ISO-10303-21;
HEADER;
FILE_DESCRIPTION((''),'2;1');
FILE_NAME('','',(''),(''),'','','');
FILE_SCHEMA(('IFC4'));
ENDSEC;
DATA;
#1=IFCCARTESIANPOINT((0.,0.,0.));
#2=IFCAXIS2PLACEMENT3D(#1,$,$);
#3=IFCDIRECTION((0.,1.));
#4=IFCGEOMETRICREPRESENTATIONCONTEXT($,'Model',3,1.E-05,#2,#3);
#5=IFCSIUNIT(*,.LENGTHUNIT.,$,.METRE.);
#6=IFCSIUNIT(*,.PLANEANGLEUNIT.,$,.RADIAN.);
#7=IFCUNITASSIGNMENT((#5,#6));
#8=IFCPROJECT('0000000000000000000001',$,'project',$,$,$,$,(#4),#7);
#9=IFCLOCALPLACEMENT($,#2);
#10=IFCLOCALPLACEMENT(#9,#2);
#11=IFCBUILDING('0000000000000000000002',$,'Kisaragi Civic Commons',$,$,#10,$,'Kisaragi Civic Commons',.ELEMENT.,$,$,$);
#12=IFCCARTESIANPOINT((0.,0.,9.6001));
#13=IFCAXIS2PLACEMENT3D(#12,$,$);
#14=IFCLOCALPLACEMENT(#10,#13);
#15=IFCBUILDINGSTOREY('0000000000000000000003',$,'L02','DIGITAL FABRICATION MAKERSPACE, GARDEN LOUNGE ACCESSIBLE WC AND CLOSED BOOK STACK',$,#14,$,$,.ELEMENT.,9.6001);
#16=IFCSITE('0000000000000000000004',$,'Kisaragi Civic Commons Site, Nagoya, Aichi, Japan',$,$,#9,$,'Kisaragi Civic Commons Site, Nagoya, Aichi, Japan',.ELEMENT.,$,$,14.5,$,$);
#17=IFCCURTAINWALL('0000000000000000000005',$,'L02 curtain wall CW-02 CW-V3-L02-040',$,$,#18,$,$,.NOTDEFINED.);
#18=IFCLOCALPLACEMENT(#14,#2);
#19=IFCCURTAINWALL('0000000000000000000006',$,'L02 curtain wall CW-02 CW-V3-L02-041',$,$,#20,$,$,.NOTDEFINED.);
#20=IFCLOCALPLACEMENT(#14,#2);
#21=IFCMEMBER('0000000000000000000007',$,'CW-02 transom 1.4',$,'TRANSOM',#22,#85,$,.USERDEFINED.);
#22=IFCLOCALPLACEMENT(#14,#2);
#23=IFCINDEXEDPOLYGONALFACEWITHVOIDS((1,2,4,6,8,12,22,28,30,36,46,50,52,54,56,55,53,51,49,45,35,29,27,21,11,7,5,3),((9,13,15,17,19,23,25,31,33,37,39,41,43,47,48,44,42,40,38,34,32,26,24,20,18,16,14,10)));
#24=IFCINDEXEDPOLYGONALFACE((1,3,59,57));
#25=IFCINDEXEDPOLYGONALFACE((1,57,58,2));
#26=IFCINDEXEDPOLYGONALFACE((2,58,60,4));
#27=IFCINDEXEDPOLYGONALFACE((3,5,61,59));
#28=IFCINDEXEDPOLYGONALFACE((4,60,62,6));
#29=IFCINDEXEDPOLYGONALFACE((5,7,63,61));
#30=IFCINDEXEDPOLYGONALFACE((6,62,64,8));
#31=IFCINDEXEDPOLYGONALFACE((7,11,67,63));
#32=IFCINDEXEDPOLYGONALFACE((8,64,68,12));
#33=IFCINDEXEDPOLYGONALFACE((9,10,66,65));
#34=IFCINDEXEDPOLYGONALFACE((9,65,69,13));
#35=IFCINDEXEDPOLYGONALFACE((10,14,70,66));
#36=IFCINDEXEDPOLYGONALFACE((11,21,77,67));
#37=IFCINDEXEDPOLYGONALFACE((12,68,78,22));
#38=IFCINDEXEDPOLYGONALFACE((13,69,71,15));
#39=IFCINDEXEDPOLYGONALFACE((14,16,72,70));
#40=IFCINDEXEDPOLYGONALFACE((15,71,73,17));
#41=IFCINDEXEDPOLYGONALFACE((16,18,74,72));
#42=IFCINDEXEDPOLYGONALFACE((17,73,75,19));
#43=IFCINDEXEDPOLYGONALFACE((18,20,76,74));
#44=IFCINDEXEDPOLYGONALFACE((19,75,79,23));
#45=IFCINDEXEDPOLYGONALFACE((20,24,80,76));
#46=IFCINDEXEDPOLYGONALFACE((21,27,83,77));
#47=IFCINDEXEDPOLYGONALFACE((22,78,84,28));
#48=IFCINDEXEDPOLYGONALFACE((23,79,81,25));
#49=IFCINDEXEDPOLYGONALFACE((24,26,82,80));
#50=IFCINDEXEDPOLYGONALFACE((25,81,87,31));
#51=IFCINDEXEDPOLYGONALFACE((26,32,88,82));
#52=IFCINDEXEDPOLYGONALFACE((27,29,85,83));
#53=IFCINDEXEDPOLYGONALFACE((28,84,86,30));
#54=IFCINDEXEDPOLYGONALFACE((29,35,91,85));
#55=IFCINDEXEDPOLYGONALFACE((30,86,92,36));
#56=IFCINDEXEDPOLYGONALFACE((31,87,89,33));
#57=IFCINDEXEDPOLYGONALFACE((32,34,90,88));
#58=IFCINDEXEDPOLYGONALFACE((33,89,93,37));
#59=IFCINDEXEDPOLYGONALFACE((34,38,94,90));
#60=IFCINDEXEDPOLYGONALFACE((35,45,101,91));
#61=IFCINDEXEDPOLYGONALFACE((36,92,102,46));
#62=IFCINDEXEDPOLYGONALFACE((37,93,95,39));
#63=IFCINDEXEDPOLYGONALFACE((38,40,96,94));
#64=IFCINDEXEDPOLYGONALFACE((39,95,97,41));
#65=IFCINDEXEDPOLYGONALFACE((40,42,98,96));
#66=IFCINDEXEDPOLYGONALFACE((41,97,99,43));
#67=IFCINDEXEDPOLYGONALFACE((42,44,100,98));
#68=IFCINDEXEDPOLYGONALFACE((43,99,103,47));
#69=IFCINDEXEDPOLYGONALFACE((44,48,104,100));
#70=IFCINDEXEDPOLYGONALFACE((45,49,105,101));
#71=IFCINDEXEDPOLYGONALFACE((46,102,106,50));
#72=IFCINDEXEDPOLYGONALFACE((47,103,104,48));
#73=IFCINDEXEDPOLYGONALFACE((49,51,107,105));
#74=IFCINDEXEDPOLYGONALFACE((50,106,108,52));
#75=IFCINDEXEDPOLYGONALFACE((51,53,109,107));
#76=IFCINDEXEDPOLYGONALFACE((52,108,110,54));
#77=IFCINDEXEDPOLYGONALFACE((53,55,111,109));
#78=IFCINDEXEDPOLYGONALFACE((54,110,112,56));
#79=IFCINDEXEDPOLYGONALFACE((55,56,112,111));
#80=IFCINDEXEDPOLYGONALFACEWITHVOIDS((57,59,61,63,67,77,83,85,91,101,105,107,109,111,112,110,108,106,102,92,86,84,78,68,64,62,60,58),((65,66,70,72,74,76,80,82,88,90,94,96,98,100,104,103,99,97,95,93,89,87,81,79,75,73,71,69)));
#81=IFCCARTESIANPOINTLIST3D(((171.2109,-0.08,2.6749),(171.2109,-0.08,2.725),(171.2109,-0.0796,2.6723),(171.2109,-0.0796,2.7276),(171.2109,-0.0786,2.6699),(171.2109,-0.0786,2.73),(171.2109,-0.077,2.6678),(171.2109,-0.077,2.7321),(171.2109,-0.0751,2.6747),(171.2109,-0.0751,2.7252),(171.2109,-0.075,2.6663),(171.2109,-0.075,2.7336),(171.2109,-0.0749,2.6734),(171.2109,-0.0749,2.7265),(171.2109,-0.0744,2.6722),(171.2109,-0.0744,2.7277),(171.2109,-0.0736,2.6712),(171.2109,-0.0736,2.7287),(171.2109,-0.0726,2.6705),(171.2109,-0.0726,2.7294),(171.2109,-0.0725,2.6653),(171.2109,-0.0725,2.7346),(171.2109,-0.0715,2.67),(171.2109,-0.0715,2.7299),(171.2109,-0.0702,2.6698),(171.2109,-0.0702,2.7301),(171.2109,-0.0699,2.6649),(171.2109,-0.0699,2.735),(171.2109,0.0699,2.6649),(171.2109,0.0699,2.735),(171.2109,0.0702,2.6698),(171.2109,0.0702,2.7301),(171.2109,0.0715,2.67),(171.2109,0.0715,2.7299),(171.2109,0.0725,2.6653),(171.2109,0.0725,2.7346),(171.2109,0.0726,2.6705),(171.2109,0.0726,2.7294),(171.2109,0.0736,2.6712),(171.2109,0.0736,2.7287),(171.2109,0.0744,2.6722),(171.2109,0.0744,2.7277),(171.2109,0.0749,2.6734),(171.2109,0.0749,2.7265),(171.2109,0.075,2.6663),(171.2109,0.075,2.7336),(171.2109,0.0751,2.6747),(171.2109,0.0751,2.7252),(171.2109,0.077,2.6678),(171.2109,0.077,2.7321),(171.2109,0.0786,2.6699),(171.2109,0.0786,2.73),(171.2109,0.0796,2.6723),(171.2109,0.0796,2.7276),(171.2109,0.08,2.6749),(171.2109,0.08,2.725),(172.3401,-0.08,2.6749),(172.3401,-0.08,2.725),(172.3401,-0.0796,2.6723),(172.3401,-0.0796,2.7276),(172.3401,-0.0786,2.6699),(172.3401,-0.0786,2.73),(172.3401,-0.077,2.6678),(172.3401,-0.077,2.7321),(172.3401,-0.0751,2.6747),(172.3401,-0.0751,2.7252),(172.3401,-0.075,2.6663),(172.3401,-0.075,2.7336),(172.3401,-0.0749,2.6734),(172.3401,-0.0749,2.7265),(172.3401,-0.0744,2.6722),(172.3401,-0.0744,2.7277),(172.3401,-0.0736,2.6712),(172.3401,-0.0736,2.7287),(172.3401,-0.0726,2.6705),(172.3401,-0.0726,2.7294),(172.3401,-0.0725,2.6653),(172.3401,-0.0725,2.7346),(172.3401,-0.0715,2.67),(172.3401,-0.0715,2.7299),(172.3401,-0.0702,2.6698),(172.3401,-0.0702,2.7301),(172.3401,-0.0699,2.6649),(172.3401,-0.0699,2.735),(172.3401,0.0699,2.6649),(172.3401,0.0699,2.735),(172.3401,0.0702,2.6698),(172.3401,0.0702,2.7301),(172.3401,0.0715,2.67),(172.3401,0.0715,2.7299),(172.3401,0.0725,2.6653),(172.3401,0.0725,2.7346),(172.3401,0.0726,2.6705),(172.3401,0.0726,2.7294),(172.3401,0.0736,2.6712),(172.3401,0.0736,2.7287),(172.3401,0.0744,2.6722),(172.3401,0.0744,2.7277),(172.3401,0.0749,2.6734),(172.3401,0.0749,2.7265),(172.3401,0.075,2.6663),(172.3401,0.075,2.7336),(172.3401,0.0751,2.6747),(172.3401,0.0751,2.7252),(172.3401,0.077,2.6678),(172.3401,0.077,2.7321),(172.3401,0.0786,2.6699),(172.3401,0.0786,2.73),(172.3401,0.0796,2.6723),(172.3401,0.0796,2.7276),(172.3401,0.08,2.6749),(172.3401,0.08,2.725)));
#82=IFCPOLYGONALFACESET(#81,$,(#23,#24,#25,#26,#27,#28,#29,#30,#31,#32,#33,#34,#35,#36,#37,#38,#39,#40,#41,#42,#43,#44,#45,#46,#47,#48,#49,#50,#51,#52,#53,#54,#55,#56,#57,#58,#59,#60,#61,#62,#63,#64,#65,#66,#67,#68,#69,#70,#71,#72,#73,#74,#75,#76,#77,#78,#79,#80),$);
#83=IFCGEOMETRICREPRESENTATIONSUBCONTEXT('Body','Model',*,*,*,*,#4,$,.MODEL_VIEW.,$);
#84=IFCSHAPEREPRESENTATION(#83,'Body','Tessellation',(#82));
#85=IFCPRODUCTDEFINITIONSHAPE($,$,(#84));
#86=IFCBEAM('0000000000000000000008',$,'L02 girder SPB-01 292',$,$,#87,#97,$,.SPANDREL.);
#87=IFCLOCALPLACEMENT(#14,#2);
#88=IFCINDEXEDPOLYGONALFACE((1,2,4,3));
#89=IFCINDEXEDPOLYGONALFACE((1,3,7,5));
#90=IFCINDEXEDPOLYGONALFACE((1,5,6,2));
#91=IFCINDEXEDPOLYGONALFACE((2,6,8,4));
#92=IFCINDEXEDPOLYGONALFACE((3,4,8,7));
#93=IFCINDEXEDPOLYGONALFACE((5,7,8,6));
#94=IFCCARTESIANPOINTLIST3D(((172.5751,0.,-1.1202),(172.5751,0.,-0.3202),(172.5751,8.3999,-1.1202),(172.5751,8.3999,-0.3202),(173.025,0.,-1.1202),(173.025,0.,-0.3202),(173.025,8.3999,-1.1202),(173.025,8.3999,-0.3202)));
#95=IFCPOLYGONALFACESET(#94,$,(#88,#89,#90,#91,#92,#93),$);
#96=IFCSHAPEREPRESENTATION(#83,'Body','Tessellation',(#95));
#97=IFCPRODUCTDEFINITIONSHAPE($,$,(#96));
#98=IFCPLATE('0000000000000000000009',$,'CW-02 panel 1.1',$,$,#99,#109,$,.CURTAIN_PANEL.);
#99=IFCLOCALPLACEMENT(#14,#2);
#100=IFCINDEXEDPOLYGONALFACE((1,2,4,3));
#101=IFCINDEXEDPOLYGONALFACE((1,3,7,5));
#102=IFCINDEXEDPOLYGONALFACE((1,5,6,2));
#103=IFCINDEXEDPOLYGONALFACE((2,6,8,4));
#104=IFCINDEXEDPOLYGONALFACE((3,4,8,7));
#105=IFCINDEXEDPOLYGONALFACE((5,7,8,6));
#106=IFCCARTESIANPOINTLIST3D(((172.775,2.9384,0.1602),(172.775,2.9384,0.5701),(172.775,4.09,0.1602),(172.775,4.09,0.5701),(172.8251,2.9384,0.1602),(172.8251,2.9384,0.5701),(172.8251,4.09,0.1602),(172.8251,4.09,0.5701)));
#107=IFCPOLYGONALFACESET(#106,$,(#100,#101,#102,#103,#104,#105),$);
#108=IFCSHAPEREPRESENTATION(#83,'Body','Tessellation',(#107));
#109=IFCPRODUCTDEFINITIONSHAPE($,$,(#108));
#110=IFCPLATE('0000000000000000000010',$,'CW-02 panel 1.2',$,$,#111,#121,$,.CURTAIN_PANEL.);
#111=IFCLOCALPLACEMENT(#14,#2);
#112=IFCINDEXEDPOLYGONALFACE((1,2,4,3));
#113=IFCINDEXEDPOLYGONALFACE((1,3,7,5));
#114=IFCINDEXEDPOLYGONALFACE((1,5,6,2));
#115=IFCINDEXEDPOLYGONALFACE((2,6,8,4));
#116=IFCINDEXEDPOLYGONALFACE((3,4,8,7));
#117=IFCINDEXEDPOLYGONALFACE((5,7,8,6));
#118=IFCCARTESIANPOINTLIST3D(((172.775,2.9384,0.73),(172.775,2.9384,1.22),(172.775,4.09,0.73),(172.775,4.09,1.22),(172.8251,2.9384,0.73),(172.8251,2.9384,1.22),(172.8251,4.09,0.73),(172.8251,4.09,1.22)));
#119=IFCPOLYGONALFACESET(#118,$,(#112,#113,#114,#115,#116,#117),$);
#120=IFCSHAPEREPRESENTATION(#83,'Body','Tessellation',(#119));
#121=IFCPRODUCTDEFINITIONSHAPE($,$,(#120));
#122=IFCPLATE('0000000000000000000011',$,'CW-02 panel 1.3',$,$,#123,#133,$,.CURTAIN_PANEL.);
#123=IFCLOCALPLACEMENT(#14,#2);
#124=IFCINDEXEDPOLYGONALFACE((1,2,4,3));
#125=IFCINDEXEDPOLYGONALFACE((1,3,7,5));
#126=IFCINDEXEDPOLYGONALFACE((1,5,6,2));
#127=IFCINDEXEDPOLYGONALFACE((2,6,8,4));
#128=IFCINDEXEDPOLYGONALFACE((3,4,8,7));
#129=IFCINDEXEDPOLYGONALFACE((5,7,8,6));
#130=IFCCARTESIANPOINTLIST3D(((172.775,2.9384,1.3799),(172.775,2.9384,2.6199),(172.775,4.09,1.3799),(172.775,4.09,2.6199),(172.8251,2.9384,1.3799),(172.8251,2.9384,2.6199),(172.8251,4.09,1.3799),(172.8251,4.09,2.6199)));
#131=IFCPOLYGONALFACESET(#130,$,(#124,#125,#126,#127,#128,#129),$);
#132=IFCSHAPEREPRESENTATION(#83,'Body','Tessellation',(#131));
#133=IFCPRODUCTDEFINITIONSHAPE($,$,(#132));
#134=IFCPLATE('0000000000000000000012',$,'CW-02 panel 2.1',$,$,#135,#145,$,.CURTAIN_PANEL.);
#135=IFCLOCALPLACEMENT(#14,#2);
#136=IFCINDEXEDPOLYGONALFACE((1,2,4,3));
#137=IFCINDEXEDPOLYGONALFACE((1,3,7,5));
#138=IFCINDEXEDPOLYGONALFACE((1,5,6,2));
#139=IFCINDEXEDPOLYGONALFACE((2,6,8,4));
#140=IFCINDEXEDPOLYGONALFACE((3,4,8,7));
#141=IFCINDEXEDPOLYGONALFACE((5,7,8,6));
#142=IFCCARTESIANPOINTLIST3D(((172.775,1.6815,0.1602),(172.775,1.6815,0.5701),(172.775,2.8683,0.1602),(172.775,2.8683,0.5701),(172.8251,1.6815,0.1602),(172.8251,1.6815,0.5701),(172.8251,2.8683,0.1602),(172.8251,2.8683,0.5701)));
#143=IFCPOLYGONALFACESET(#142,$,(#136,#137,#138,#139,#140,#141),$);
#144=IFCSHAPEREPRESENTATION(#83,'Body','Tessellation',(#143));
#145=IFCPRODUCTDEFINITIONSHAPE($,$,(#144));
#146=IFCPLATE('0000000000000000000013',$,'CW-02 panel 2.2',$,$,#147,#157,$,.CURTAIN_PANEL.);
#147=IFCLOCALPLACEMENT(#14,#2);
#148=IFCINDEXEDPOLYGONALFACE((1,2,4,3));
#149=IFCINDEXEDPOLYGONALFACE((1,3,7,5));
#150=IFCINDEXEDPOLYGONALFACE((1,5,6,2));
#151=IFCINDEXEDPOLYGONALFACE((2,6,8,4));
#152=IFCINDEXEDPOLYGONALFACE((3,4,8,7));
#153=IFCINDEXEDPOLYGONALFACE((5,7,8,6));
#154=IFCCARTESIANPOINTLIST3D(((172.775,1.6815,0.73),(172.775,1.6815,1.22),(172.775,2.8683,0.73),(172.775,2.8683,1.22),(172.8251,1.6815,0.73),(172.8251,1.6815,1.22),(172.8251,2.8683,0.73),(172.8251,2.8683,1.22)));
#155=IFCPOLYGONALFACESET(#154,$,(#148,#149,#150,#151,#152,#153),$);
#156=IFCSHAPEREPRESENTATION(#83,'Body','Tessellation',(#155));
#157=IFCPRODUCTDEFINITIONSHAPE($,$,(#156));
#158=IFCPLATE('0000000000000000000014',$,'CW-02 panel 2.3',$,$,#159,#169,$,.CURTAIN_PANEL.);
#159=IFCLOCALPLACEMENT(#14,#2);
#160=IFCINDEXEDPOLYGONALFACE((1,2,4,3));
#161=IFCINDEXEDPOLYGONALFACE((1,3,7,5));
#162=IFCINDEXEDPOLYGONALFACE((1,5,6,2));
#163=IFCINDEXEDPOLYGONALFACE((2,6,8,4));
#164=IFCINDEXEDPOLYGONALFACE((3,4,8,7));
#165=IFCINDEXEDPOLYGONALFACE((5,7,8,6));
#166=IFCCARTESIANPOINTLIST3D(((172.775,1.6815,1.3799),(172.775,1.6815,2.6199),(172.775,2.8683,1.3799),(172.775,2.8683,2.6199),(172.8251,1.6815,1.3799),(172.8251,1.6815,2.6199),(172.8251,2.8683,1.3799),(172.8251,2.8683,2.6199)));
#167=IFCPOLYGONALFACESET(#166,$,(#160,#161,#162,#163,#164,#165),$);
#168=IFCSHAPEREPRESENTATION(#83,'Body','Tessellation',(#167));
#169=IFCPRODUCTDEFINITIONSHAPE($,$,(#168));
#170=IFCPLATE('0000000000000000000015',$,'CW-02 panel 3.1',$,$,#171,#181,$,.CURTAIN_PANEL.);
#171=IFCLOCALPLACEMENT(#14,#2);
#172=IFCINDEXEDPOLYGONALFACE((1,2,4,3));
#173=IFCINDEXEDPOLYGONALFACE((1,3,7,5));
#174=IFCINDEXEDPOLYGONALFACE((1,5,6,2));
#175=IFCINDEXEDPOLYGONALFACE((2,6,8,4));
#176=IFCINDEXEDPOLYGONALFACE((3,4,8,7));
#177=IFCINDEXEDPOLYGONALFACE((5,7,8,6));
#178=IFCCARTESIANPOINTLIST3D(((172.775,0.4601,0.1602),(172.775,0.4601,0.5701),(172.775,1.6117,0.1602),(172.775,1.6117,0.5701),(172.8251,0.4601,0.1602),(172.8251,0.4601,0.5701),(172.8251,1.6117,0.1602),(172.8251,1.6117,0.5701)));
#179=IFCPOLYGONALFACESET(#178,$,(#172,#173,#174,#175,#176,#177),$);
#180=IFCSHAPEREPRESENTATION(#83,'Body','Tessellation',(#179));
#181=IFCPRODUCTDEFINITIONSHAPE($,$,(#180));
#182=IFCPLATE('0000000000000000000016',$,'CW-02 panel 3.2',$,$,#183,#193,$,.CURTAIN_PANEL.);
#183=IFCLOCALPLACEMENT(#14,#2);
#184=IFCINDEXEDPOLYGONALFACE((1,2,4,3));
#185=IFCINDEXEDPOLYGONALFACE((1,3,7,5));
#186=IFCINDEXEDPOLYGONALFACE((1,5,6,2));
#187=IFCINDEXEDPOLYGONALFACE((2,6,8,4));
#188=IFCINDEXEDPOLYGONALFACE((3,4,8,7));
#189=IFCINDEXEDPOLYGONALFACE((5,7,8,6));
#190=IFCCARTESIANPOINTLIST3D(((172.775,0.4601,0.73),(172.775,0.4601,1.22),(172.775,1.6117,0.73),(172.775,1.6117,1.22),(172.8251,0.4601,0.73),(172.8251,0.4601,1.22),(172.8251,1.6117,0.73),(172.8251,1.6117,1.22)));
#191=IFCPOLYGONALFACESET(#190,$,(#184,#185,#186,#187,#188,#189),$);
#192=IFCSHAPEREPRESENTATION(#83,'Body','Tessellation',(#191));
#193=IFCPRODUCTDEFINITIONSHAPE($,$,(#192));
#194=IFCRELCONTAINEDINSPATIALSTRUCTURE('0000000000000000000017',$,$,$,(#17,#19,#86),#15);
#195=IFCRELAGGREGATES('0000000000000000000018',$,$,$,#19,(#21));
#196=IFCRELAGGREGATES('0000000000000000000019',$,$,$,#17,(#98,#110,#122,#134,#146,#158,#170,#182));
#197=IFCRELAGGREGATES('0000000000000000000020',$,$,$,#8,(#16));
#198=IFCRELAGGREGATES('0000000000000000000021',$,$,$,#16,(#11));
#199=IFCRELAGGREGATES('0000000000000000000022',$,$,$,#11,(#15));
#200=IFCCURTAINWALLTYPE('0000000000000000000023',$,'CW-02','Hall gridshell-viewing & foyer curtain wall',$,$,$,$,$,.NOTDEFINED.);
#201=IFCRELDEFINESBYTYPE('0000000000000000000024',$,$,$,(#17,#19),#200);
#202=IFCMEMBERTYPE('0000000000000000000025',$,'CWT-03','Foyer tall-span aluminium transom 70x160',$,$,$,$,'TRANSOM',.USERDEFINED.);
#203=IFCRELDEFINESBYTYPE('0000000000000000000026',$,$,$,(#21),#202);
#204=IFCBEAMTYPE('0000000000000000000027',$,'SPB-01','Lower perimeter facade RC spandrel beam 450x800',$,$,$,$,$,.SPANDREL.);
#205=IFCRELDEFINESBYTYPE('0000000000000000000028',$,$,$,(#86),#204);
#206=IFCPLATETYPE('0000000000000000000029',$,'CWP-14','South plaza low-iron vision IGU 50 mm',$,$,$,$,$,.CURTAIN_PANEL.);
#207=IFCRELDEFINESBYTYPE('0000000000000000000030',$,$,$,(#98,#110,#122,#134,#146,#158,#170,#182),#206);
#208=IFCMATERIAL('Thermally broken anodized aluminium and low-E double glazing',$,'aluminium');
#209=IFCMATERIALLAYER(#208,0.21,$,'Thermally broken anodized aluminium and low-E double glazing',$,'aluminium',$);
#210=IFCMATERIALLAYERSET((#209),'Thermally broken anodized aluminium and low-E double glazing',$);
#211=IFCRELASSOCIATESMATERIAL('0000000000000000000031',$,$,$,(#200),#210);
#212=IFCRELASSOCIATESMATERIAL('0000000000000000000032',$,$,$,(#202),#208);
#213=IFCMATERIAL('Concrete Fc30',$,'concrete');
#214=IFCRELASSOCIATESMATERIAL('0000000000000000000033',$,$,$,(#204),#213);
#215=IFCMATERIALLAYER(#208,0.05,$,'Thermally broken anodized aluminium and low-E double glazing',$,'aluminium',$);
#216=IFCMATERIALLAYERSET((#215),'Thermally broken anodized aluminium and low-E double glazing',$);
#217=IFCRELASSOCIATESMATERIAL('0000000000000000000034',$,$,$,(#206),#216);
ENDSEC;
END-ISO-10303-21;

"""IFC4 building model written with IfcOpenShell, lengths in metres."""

from ifc_helpers import new_model, si_unit, direction, frame, origin, origin_2d, place, context, subcontext, project, spatial, rectangle, hollow_rectangle, extrude, material, layer, layer_set, material_profile, profile_set, type_object, element, aggregate, save


model = new_model("IFC4")

# Units and contexts
model_context = context("Model", 3, precision=1e-05, world=origin(), true_north=direction((0.0, 1.0)))
body_context = subcontext(model_context, "Body", "Model", "MODEL_VIEW")
ifc_project = project(units=[si_unit("LENGTHUNIT", "METRE"), si_unit("PLANEANGLEUNIT", "RADIAN")], contexts=[model_context])

# Site, building, storey
site_placement = place(None, origin())
site = spatial("IfcSite", under=ifc_project, at=site_placement, Name="Kisaragi Civic Commons Site, Nagoya, Aichi, Japan", LongName="Kisaragi Civic Commons Site, Nagoya, Aichi, Japan", CompositionType="ELEMENT", RefElevation=14.5)
building_placement = place(site_placement, origin())
building = spatial("IfcBuilding", under=site, at=building_placement, Name="Kisaragi Civic Commons", LongName="Kisaragi Civic Commons", CompositionType="ELEMENT")
storey_placement = place(building_placement, frame((0.0, 0.0, 9.6001)))
storey = spatial("IfcBuildingStorey", under=building, at=storey_placement, Name="L02", Description="DIGITAL FABRICATION MAKERSPACE, GARDEN LOUNGE ACCESSIBLE WC AND CLOSED BOOK STACK", CompositionType="ELEMENT", Elevation=9.6001)

# Shared definitions
ifc_material_1 = material(Name="Thermally broken anodized aluminium and low-E double glazing", Category="aluminium")
ifc_layer_1 = layer(ifc_material_1, 0.21, Name="Thermally broken anodized aluminium and low-E double glazing", Category="aluminium")
ifc_layer_set_1 = layer_set([ifc_layer_1], Name="Thermally broken anodized aluminium and low-E double glazing")
curtain_wall_type = type_object("IfcCurtainWallType", Name="CW-02", Description="Hall gridshell-viewing & foyer curtain wall", PredefinedType="NOTDEFINED", material=ifc_layer_set_1)

# Curtain wall
curtain_wall_1_placement = place(storey_placement, origin())
curtain_wall_1 = element("IfcCurtainWall", 1, at=curtain_wall_1_placement, inside=storey, type_object=curtain_wall_type, Name="L02 curtain wall CW-02 CW-V3-L02-040", PredefinedType="NOTDEFINED")

# Curtain wall
curtain_wall_2_placement = place(storey_placement, origin())
curtain_wall_2 = element("IfcCurtainWall", 2, at=curtain_wall_2_placement, inside=storey, type_object=curtain_wall_type, Name="L02 curtain wall CW-02 CW-V3-L02-041", PredefinedType="NOTDEFINED")

# Member
ifc_material_profile_1 = material_profile(ifc_material_1, hollow_rectangle(XDim=0.1599, YDim=0.0701, WallThickness=0.0049, InnerFilletRadius=0.0049, OuterFilletRadius=0.01, at=origin_2d()), Name="CWT-70x160x5", Category="aluminium")
ifc_profile_set_1 = profile_set([ifc_material_profile_1], Name="Thermally broken anodized aluminium and low-E double glazing")
member_type_1 = type_object("IfcMemberType", Name="CWT-03", Description="Foyer tall-span aluminium transom 70x160", ElementType="TRANSOM", PredefinedType="USERDEFINED", material=ifc_profile_set_1)
member_1_placement = place(storey_placement, frame((172.3401, 0.0, 2.7), z_axis=(-1.0, 0.0, 0.0), x_axis=(0.0, -1.0, 0.0)))
member_1 = element("IfcMember", 3, at=member_1_placement, type_object=member_type_1, Name="CW-02 transom 1.4", ObjectType="TRANSOM", PredefinedType="USERDEFINED", context=body_context, shape_type="SweptSolid", body=[
    extrude(hollow_rectangle(XDim=0.1599, YDim=0.0701, WallThickness=0.0049, InnerFilletRadius=0.0049, OuterFilletRadius=0.01, at=origin_2d()), origin(), (0.0, 0.0, 1.0), 1.1292),
])
aggregate(curtain_wall_2, [member_1])

# Beam
ifc_material_2 = material(Name="Concrete Fc30", Category="concrete")
ifc_material_profile_2 = material_profile(ifc_material_2, rectangle(XDim=0.45, YDim=0.8, at=origin_2d()), Name="RC-450x800", Category="concrete")
ifc_profile_set_2 = profile_set([ifc_material_profile_2], Name="Concrete Fc30")
beam_type = type_object("IfcBeamType", Name="SPB-01", Description="Lower perimeter facade RC spandrel beam 450x800", PredefinedType="SPANDREL", material=ifc_profile_set_2)
beam_placement = place(storey_placement, frame((172.8, 0.0, -0.7202), z_axis=(0.0, 1.0, 0.0), x_axis=(-1.0, 0.0, 0.0)))
element("IfcBeam", 4, at=beam_placement, inside=storey, type_object=beam_type, Name="L02 girder SPB-01 292", PredefinedType="SPANDREL", context=body_context, shape_type="SweptSolid", body=[
    extrude(rectangle(XDim=0.45, YDim=0.8, at=origin_2d()), origin(), (0.0, 0.0, 1.0), 8.3999),
])

# Plates
ifc_layer_2 = layer(ifc_material_1, 0.05, Name="Thermally broken anodized aluminium and low-E double glazing", Category="aluminium")
ifc_layer_set_2 = layer_set([ifc_layer_2], Name="Thermally broken anodized aluminium and low-E double glazing")
plate_type = type_object("IfcPlateType", Name="CWP-14", Description="South plaza low-iron vision IGU 50 mm", PredefinedType="CURTAIN_PANEL", material=ifc_layer_set_2)
plate_1_placement = place(storey_placement, frame((172.8, 3.5142, 0.1602), z_axis=(0.0, 0.0, 1.0), x_axis=(0.0, -1.0, 0.0)))
plate_1 = element("IfcPlate", 5, at=plate_1_placement, type_object=plate_type, Name="CW-02 panel 1.1", PredefinedType="CURTAIN_PANEL", context=body_context, shape_type="SweptSolid", body=[
    extrude(rectangle(XDim=1.1516, YDim=0.05, at=origin_2d()), origin(), (0.0, 0.0, 1.0), 0.4099),
])
plate_2_placement = place(storey_placement, frame((172.8, 3.5142, 0.73), z_axis=(0.0, 0.0, 1.0), x_axis=(0.0, -1.0, 0.0)))
plate_2 = element("IfcPlate", 6, at=plate_2_placement, type_object=plate_type, Name="CW-02 panel 1.2", PredefinedType="CURTAIN_PANEL", context=body_context, shape_type="SweptSolid", body=[
    extrude(rectangle(XDim=1.1516, YDim=0.05, at=origin_2d()), origin(), (0.0, 0.0, 1.0), 0.49),
])
plate_3_placement = place(storey_placement, frame((172.8, 3.5142, 1.3799), z_axis=(0.0, 0.0, 1.0), x_axis=(0.0, -1.0, 0.0)))
plate_3 = element("IfcPlate", 7, at=plate_3_placement, type_object=plate_type, Name="CW-02 panel 1.3", PredefinedType="CURTAIN_PANEL", context=body_context, shape_type="SweptSolid", body=[
    extrude(rectangle(XDim=1.1516, YDim=0.05, at=origin_2d()), origin(), (0.0, 0.0, 1.0), 1.24),
])
plate_4_placement = place(storey_placement, frame((172.8, 2.2749, 0.1602), z_axis=(0.0, 0.0, 1.0), x_axis=(0.0, -1.0, 0.0)))
plate_4 = element("IfcPlate", 8, at=plate_4_placement, type_object=plate_type, Name="CW-02 panel 2.1", PredefinedType="CURTAIN_PANEL", context=body_context, shape_type="SweptSolid", body=[
    extrude(rectangle(XDim=1.1868, YDim=0.05, at=origin_2d()), origin(), (0.0, 0.0, 1.0), 0.4099),
])
plate_5_placement = place(storey_placement, frame((172.8, 2.2749, 0.73), z_axis=(0.0, 0.0, 1.0), x_axis=(0.0, -1.0, 0.0)))
plate_5 = element("IfcPlate", 9, at=plate_5_placement, type_object=plate_type, Name="CW-02 panel 2.2", PredefinedType="CURTAIN_PANEL", context=body_context, shape_type="SweptSolid", body=[
    extrude(rectangle(XDim=1.1868, YDim=0.05, at=origin_2d()), origin(), (0.0, 0.0, 1.0), 0.49),
])
plate_6_placement = place(storey_placement, frame((172.8, 2.2749, 1.3799), z_axis=(0.0, 0.0, 1.0), x_axis=(0.0, -1.0, 0.0)))
plate_6 = element("IfcPlate", 10, at=plate_6_placement, type_object=plate_type, Name="CW-02 panel 2.3", PredefinedType="CURTAIN_PANEL", context=body_context, shape_type="SweptSolid", body=[
    extrude(rectangle(XDim=1.1868, YDim=0.05, at=origin_2d()), origin(), (0.0, 0.0, 1.0), 1.24),
])
plate_7_placement = place(storey_placement, frame((172.8, 1.0359, 0.1602), z_axis=(0.0, 0.0, 1.0), x_axis=(0.0, -1.0, 0.0)))
plate_7 = element("IfcPlate", 11, at=plate_7_placement, type_object=plate_type, Name="CW-02 panel 3.1", PredefinedType="CURTAIN_PANEL", context=body_context, shape_type="SweptSolid", body=[
    extrude(rectangle(XDim=1.1516, YDim=0.05, at=origin_2d()), origin(), (0.0, 0.0, 1.0), 0.4099),
])
plate_8_placement = place(storey_placement, frame((172.8, 1.0359, 0.73), z_axis=(0.0, 0.0, 1.0), x_axis=(0.0, -1.0, 0.0)))
plate_8 = element("IfcPlate", 12, at=plate_8_placement, type_object=plate_type, Name="CW-02 panel 3.2", PredefinedType="CURTAIN_PANEL", context=body_context, shape_type="SweptSolid", body=[
    extrude(rectangle(XDim=1.1516, YDim=0.05, at=origin_2d()), origin(), (0.0, 0.0, 1.0), 0.49),
])
aggregate(curtain_wall_1, [plate_1, plate_2, plate_3, plate_4, plate_5, plate_6, plate_7, plate_8])

save(model, "model.ifc")
